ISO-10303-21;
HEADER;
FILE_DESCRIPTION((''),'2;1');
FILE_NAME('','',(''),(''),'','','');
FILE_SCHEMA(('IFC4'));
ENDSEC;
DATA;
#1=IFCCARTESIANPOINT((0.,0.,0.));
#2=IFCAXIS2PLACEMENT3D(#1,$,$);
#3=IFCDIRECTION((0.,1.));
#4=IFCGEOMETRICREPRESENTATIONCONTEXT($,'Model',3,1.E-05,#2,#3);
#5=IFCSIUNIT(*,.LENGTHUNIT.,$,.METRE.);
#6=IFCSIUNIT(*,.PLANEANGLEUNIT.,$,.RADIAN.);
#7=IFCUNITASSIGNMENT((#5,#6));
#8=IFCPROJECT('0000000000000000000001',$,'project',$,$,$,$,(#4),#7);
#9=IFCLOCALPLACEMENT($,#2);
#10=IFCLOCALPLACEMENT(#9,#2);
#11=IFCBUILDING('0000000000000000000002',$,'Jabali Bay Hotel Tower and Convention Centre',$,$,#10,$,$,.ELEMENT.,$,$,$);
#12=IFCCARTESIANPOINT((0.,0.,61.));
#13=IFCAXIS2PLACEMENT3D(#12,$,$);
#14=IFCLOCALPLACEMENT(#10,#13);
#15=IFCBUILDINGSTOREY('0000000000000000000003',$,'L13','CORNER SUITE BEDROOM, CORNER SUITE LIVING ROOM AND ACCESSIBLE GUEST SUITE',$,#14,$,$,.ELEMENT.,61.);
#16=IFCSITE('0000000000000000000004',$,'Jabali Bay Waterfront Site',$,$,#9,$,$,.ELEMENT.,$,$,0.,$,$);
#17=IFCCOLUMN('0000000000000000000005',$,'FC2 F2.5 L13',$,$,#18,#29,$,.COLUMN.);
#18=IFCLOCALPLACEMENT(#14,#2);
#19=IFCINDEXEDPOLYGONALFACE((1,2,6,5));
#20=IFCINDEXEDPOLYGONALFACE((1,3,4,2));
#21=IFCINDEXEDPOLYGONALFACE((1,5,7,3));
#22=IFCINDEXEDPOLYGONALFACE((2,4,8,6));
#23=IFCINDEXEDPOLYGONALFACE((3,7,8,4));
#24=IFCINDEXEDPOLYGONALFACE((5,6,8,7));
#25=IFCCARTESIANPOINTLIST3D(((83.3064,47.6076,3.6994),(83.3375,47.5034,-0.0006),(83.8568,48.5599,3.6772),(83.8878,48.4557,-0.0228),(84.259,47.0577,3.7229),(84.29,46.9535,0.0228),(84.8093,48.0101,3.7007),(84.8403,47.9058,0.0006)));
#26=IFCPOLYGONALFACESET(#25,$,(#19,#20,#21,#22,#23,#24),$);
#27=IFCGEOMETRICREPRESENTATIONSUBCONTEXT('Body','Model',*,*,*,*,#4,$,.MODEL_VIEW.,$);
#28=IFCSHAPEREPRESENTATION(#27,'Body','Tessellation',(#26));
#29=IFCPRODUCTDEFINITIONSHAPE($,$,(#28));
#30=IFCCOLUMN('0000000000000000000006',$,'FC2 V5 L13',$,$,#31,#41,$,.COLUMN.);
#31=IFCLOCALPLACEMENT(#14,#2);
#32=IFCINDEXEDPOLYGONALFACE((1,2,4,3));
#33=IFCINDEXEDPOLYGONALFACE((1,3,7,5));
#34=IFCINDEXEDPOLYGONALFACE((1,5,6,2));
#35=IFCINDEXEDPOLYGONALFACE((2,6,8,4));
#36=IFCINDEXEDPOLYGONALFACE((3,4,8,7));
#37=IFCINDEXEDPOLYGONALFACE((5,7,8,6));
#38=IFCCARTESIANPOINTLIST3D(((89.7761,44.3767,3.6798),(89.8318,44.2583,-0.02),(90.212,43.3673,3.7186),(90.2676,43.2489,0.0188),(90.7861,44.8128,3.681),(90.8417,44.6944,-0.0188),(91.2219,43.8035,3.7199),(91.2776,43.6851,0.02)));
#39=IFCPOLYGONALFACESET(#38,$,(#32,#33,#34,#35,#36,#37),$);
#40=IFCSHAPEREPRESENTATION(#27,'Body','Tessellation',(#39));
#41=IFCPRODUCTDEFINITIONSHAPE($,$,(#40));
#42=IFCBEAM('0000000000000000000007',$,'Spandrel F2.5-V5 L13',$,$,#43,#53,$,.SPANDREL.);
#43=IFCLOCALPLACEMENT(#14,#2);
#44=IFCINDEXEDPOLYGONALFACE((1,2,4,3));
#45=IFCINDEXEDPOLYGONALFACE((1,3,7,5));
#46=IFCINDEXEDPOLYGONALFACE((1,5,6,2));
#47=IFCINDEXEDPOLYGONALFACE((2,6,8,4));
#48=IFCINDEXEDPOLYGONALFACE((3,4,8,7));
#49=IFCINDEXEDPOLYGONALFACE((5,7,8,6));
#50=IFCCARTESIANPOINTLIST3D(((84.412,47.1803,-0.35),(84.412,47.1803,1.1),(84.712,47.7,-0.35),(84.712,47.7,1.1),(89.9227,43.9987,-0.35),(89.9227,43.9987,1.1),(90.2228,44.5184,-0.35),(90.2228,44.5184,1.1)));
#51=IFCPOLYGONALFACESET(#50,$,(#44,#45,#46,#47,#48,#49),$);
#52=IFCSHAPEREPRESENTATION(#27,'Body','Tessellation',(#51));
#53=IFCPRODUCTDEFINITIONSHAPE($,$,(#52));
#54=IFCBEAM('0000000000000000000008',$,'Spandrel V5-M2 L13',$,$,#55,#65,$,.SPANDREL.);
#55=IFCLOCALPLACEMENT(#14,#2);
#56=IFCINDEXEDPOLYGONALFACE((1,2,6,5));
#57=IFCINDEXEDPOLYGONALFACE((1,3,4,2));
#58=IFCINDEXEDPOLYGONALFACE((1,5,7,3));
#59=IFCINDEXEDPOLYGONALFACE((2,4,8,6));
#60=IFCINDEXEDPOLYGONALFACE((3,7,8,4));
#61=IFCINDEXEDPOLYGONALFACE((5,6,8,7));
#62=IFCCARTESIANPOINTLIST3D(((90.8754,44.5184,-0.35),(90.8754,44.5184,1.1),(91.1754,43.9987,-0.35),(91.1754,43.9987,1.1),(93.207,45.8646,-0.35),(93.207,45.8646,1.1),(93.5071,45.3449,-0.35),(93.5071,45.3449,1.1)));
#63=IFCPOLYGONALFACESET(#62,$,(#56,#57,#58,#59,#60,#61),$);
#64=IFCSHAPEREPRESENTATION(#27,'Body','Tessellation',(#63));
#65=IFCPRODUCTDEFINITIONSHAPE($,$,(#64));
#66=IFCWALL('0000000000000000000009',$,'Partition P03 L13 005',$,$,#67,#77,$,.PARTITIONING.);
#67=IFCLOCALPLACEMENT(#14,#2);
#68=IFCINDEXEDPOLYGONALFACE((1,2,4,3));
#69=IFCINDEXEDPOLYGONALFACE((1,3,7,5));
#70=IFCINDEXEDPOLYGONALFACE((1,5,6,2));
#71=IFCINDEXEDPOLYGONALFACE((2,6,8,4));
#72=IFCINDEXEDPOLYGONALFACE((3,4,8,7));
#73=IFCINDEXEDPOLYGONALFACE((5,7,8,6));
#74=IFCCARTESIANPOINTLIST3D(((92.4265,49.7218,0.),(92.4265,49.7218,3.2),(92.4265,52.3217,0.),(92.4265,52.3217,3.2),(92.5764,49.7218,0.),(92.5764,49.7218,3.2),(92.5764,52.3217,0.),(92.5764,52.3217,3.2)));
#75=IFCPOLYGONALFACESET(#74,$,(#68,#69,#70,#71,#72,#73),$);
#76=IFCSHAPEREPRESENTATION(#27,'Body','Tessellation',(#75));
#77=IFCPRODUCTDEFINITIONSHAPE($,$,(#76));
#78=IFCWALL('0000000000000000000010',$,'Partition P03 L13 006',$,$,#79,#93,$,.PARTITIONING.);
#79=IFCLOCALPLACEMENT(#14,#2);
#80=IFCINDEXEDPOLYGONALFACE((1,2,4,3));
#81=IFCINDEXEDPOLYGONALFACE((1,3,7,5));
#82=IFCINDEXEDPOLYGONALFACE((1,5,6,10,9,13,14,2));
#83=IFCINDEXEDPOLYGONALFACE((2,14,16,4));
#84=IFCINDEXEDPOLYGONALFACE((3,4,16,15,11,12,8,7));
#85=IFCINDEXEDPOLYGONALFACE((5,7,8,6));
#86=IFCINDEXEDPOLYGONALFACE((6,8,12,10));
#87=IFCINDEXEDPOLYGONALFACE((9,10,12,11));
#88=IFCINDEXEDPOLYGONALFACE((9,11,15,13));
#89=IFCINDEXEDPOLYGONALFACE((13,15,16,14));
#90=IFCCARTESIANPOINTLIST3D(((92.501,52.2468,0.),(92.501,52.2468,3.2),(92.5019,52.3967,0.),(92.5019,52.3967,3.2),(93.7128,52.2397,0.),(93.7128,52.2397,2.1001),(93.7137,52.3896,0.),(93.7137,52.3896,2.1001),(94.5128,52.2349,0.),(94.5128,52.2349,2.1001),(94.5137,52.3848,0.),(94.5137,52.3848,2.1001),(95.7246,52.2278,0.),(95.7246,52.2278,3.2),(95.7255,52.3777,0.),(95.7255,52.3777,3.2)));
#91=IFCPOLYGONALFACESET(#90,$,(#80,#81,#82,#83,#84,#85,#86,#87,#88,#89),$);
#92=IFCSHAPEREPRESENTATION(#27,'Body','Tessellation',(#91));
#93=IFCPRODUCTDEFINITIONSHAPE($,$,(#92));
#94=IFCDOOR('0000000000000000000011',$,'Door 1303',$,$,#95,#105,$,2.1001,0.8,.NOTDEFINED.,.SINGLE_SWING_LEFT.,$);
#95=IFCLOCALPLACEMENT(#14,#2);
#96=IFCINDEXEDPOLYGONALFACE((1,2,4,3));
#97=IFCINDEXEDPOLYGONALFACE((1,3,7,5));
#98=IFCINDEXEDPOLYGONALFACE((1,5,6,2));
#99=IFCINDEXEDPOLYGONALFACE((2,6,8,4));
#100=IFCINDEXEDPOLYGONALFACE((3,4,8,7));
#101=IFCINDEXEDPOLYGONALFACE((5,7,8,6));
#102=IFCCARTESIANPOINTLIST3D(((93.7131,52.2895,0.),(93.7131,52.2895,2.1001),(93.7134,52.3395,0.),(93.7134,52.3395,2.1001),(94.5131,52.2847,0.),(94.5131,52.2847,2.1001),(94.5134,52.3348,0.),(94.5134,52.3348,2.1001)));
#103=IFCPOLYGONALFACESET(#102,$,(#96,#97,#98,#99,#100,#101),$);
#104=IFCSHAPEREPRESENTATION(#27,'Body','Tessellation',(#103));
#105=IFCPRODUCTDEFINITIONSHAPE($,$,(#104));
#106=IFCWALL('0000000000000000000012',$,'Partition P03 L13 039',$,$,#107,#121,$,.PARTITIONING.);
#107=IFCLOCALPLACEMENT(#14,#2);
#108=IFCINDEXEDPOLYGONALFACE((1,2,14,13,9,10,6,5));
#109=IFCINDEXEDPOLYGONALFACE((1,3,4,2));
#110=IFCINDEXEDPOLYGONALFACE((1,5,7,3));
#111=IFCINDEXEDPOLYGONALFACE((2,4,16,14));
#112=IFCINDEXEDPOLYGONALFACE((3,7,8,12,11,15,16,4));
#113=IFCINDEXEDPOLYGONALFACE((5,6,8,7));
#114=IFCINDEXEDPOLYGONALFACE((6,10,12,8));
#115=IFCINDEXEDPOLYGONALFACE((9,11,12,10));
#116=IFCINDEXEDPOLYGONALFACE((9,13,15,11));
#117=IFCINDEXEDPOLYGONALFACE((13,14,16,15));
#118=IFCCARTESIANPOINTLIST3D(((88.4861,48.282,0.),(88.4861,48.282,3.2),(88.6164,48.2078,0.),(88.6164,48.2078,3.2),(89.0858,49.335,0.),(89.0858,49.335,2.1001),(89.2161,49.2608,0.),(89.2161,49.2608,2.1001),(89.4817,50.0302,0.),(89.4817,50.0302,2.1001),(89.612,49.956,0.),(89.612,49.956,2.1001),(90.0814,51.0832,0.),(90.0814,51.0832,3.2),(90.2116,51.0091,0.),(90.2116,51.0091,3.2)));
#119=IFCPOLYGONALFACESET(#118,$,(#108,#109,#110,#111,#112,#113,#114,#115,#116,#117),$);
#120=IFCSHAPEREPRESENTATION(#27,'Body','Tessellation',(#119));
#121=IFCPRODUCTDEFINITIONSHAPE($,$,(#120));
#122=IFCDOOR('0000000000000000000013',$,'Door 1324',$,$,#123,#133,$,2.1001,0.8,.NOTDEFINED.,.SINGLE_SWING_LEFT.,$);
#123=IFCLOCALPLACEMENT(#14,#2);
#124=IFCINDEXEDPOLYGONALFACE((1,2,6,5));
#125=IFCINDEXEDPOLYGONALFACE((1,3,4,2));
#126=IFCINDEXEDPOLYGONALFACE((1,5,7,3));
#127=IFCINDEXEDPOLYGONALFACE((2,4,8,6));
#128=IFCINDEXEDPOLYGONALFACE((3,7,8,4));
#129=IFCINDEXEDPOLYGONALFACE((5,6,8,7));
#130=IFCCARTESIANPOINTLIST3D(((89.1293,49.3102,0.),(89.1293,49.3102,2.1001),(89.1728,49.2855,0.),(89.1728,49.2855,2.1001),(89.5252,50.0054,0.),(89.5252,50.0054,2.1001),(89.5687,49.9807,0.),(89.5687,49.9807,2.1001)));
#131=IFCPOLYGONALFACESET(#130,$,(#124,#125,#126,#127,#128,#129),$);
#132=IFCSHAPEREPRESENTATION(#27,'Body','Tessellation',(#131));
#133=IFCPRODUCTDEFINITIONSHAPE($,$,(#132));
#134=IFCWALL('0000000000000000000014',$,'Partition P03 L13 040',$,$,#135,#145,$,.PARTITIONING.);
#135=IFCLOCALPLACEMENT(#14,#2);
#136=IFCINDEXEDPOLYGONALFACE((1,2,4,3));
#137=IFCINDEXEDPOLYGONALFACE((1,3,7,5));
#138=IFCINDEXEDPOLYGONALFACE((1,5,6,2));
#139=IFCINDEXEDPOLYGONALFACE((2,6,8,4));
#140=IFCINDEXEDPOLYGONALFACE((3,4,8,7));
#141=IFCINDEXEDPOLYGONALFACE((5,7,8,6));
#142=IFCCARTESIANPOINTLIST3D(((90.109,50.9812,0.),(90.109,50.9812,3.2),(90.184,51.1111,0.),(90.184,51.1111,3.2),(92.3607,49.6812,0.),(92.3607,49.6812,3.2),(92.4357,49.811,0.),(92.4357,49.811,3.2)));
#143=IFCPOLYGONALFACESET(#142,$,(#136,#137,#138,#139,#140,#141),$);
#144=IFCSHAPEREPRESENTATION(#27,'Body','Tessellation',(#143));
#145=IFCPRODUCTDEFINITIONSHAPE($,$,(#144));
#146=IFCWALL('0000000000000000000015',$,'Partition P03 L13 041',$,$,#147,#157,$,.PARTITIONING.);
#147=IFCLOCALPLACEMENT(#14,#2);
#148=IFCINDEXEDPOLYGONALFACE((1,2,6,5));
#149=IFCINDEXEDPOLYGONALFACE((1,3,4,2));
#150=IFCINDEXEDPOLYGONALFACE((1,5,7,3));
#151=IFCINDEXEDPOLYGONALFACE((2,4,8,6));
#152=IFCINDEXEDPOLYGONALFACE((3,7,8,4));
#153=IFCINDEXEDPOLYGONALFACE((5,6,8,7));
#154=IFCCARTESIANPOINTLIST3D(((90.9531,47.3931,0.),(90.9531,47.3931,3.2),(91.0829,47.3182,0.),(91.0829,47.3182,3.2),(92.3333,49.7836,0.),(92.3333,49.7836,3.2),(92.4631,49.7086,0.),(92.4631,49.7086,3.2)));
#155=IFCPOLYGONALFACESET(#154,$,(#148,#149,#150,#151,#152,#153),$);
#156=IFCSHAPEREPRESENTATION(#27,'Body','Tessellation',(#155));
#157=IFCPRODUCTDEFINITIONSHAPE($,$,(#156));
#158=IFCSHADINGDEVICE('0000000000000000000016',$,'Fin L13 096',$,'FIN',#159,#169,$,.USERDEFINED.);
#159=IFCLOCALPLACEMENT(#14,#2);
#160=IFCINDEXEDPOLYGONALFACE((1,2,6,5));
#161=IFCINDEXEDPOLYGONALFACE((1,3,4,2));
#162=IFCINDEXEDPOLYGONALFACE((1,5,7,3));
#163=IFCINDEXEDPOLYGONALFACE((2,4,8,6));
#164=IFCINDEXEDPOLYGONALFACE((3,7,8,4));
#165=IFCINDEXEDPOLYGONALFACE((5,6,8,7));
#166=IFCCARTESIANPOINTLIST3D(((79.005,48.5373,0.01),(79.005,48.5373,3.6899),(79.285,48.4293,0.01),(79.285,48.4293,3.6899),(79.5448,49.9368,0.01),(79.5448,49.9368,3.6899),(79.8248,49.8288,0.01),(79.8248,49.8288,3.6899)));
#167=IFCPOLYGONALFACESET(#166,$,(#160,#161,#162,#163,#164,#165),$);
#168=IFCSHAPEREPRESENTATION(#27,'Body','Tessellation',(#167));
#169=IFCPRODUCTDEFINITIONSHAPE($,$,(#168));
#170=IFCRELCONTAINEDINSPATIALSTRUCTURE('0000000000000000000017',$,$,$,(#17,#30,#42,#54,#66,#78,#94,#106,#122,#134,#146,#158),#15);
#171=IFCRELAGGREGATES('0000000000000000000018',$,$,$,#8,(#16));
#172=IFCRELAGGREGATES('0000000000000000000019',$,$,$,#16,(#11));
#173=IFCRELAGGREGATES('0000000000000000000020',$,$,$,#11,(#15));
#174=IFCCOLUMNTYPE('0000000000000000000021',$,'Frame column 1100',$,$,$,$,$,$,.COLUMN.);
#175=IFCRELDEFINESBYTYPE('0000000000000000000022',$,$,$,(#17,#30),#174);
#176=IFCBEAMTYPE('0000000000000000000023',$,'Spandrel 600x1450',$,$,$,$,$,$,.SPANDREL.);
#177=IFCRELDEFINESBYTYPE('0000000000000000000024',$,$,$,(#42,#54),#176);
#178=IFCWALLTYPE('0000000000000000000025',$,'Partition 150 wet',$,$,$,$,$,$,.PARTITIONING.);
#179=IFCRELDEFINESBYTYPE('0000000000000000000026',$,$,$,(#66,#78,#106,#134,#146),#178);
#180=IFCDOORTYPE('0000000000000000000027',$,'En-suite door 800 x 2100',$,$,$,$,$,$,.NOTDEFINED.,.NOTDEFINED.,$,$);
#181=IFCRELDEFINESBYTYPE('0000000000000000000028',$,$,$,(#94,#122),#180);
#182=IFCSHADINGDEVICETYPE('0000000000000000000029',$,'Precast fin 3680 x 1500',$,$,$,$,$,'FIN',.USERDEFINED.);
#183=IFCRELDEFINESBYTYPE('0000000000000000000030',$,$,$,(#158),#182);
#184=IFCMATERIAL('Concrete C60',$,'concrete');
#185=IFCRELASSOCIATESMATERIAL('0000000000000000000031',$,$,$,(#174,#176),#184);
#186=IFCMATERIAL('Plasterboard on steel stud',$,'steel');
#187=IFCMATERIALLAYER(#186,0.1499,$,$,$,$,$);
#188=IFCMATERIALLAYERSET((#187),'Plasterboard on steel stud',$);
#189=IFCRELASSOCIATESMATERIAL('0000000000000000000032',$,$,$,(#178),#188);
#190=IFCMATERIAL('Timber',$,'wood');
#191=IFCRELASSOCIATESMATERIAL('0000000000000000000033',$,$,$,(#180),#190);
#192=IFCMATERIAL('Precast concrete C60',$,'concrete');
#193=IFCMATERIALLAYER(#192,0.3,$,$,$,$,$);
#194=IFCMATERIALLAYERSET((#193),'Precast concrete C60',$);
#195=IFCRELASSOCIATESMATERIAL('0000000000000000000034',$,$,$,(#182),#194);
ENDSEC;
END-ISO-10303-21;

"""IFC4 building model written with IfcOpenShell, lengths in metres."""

from ifc_helpers import new_model, si_unit, direction, frame, frame_2d, origin, origin_2d, place, context, subcontext, project, spatial, rectangle, extrude, material, layer, layer_set, material_profile, profile_set, type_object, element, fill, save


model = new_model("IFC4")

# Units and contexts
model_context = context("Model", 3, precision=1e-05, world=origin(), true_north=direction((0.0, 1.0)))
body_context = subcontext(model_context, "Body", "Model", "MODEL_VIEW")
ifc_project = project(units=[si_unit("LENGTHUNIT", "METRE"), si_unit("PLANEANGLEUNIT", "RADIAN")], contexts=[model_context])

# Site, building, storey
site_placement = place(None, origin())
site = spatial("IfcSite", under=ifc_project, at=site_placement, Name="Jabali Bay Waterfront Site", CompositionType="ELEMENT", RefElevation=0.0)
building_placement = place(site_placement, origin())
building = spatial("IfcBuilding", under=site, at=building_placement, Name="Jabali Bay Hotel Tower and Convention Centre", CompositionType="ELEMENT")
storey_placement = place(building_placement, frame((0.0, 0.0, 61.0)))
storey = spatial("IfcBuildingStorey", under=building, at=storey_placement, Name="L13", Description="CORNER SUITE BEDROOM, CORNER SUITE LIVING ROOM AND ACCESSIBLE GUEST SUITE", CompositionType="ELEMENT", Elevation=61.0)

# Columns
ifc_material_1 = material(Name="Concrete C60", Category="concrete")
ifc_material_profile_1 = material_profile(ifc_material_1, rectangle(XDim=1.1001, YDim=1.1001, at=origin_2d()), Name="Frame column 1100")
ifc_profile_set_1 = profile_set([ifc_material_profile_1], Name="Concrete C60")
column_type = type_object("IfcColumnType", Name="Frame column 1100", PredefinedType="COLUMN", material=ifc_profile_set_1)
column_1_placement = place(storey_placement, frame((84.0889, 47.7046, 0.0), z_axis=(-0.008376, 0.028163, 0.999568), x_axis=(-0.50023, -0.865657, 0.020198)))
element("IfcColumn", 1, at=column_1_placement, inside=storey, type_object=column_type, Name="FC2 F2.5 L13", PredefinedType="COLUMN", context=body_context, shape_type="SweptSolid", body=[
    extrude(rectangle(XDim=1.1001, YDim=1.1001, at=origin_2d()), origin(), (0.0, 0.0, 1.0), 3.7017),
])
column_2_placement = place(storey_placement, frame((90.5547, 43.9717, 0.0), z_axis=(-0.015035, 0.031983, 0.999375), x_axis=(0.396174, -0.917496, 0.035323)))
element("IfcColumn", 2, at=column_2_placement, inside=storey, type_object=column_type, Name="FC2 V5 L13", PredefinedType="COLUMN", context=body_context, shape_type="SweptSolid", body=[
    extrude(rectangle(XDim=1.1001, YDim=1.1001, at=origin_2d()), origin(), (0.0, 0.0, 1.0), 3.7021),
])

# Beams
ifc_material_profile_2 = material_profile(ifc_material_1, rectangle(XDim=0.6001, YDim=1.45, at=origin_2d()), Name="Spandrel 600x1450")
ifc_profile_set_2 = profile_set([ifc_material_profile_2], Name="Concrete C60")
beam_type = type_object("IfcBeamType", Name="Spandrel 600x1450", PredefinedType="SPANDREL", material=ifc_profile_set_2)
beam_1_placement = place(storey_placement, frame((84.562, 47.4402, 0.375), z_axis=(0.866025, -0.500001, 0.0), x_axis=(0.500001, 0.866025, 0.0)))
element("IfcBeam", 3, at=beam_1_placement, inside=storey, type_object=beam_type, Name="Spandrel F2.5-V5 L13", PredefinedType="SPANDREL", context=body_context, shape_type="SweptSolid", body=[
    extrude(rectangle(XDim=0.6001, YDim=1.45, at=origin_2d()), origin(), (0.0, 0.0, 1.0), 6.3633),
])
beam_2_placement = place(storey_placement, frame((91.0254, 44.2585, 0.375), z_axis=(0.866013, 0.500021, 0.0), x_axis=(-0.500021, 0.866013, 0.0)))
element("IfcBeam", 4, at=beam_2_placement, inside=storey, type_object=beam_type, Name="Spandrel V5-M2 L13", PredefinedType="SPANDREL", context=body_context, shape_type="SweptSolid", body=[
    extrude(rectangle(XDim=0.6001, YDim=1.45, at=origin_2d()), origin(), (0.0, 0.0, 1.0), 2.6924),
])

# Wall
ifc_material_2 = material(Name="Plasterboard on steel stud", Category="steel")
ifc_layer_1 = layer(ifc_material_2, 0.1499)
ifc_layer_set_1 = layer_set([ifc_layer_1], Name="Plasterboard on steel stud")
wall_type_1 = type_object("IfcWallType", Name="Partition 150 wet", PredefinedType="PARTITIONING", material=ifc_layer_set_1)
wall_1_placement = place(storey_placement, frame((92.5015, 49.7219, 0.0), z_axis=(0.0, 0.0, 1.0), x_axis=(0.0, 1.0, 0.0)))
element("IfcWall", 5, at=wall_1_placement, inside=storey, type_object=wall_type_1, Name="Partition P03 L13 005", PredefinedType="PARTITIONING", context=body_context, shape_type="SweptSolid", body=[
    extrude(rectangle(XDim=2.5999, YDim=0.1499, at=frame_2d((1.2998, 0.0))), origin(), (0.0, 0.0, 1.0), 3.2),
])

# Walls, openings, doors
wall_2_placement = place(storey_placement, frame((92.5015, 52.3218, 0.0), z_axis=(0.0, 0.0, 1.0), x_axis=(0.999983, -0.005907, 0.0)))
wall_2 = element("IfcWall", 6, at=wall_2_placement, inside=storey, type_object=wall_type_1, Name="Partition P03 L13 006", PredefinedType="PARTITIONING", context=body_context, shape_type="SweptSolid", body=[
    extrude(rectangle(XDim=3.2236, YDim=0.1499, at=frame_2d((1.6118, 0.0))), origin(), (0.0, 0.0, 1.0), 3.2),
])
opening_1_placement = place(wall_2_placement, frame((1.2119, 0.0, 0.0)))
opening_1 = element("IfcOpeningElement", 7, at=opening_1_placement, cuts=wall_2, PredefinedType="OPENING", context=body_context, shape_type="SweptSolid", body=[
    extrude(rectangle(XDim=0.8, YDim=2.1001, at=frame_2d((0.3999, 1.05))), frame((0.0, 0.0854, 0.0), z_axis=(0.0, -1.0, 0.0), x_axis=(1.0, 0.0, 0.0)), (0.0, 0.0, 1.0), 0.1709),
])
ifc_material_3 = material(Name="Timber", Category="wood")
door_type_1 = type_object("IfcDoorType", Name="En-suite door 800 x 2100", OperationType="NOTDEFINED", PredefinedType="NOTDEFINED", material=ifc_material_3)
door_1_placement = place(opening_1_placement, origin())
door_1 = element("IfcDoor", 8, at=door_1_placement, inside=storey, type_object=door_type_1, Name="Door 1303", OperationType="SINGLE_SWING_LEFT", OverallHeight=2.1001, OverallWidth=0.8, PredefinedType="NOTDEFINED", context=body_context, shape_type="SweptSolid", body=[
    extrude(rectangle(XDim=0.8, YDim=2.1001, at=frame_2d((0.3999, 1.05))), frame((0.0, 0.0249, 0.0), z_axis=(0.0, -1.0, 0.0), x_axis=(1.0, 0.0, 0.0)), (0.0, 0.0, 1.0), 0.05),
])
fill(opening_1, door_1)
wall_3_placement = place(storey_placement, frame((88.5513, 48.2449, 0.0), z_axis=(0.0, 0.0, 1.0), x_axis=(0.49485, 0.868979, 0.0)))
wall_3 = element("IfcWall", 9, at=wall_3_placement, inside=storey, type_object=wall_type_1, Name="Partition P03 L13 039", PredefinedType="PARTITIONING", context=body_context, shape_type="SweptSolid", body=[
    extrude(rectangle(XDim=3.2236, YDim=0.1499, at=frame_2d((1.6118, 0.0))), origin(), (0.0, 0.0, 1.0), 3.2),
])
opening_2_placement = place(wall_3_placement, frame((1.2119, 0.0, 0.0)))
opening_2 = element("IfcOpeningElement", 10, at=opening_2_placement, cuts=wall_3, PredefinedType="OPENING", context=body_context, shape_type="SweptSolid", body=[
    extrude(rectangle(XDim=0.8, YDim=2.1001, at=frame_2d((0.3999, 1.05))), frame((0.0, 0.0854, 0.0), z_axis=(0.0, -1.0, 0.0), x_axis=(1.0, 0.0, 0.0)), (0.0, 0.0, 1.0), 0.1709),
])
door_2_placement = place(opening_2_placement, origin())
door_2 = element("IfcDoor", 11, at=door_2_placement, inside=storey, type_object=door_type_1, Name="Door 1324", OperationType="SINGLE_SWING_LEFT", OverallHeight=2.1001, OverallWidth=0.8, PredefinedType="NOTDEFINED", context=body_context, shape_type="SweptSolid", body=[
    extrude(rectangle(XDim=0.8, YDim=2.1001, at=frame_2d((0.3999, 1.05))), frame((0.0, 0.0249, 0.0), z_axis=(0.0, -1.0, 0.0), x_axis=(1.0, 0.0, 0.0)), (0.0, 0.0, 1.0), 0.05),
])
fill(opening_2, door_2)

# Walls
wall_4_placement = place(storey_placement, frame((90.1465, 51.0461, 0.0), z_axis=(0.0, 0.0, 1.0), x_axis=(0.866021, -0.500007, 0.0)))
element("IfcWall", 12, at=wall_4_placement, inside=storey, type_object=wall_type_1, Name="Partition P03 L13 040", PredefinedType="PARTITIONING", context=body_context, shape_type="SweptSolid", body=[
    extrude(rectangle(XDim=2.6001, YDim=0.1499, at=frame_2d((1.3, 0.0))), origin(), (0.0, 0.0, 1.0), 3.2),
])
wall_5_placement = place(storey_placement, frame((92.3982, 49.7461, 0.0), z_axis=(0.0, 0.0, 1.0), x_axis=(-0.500011, -0.866019, 0.0)))
element("IfcWall", 13, at=wall_5_placement, inside=storey, type_object=wall_type_1, Name="Partition P03 L13 041", PredefinedType="PARTITIONING", context=body_context, shape_type="SweptSolid", body=[
    extrude(rectangle(XDim=2.7603, YDim=0.1499, at=frame_2d((1.3801, 0.0))), origin(), (0.0, 0.0, 1.0), 3.2),
])

# Shading device
ifc_material_4 = material(Name="Precast concrete C60", Category="concrete")
ifc_layer_2 = layer(ifc_material_4, 0.3)
ifc_layer_set_2 = layer_set([ifc_layer_2], Name="Precast concrete C60")
shading_device_type = type_object("IfcShadingDeviceType", Name="Precast fin 3680 x 1500", ElementType="FIN", PredefinedType="USERDEFINED", material=ifc_layer_set_2)
shading_device_1_placement = place(storey_placement, frame((79.6848, 49.8828, 0.01), z_axis=(0.0, 0.0, 1.0), x_axis=(-0.359884, -0.932997, 0.0)))
element("IfcShadingDevice", 14, at=shading_device_1_placement, inside=storey, type_object=shading_device_type, Name="Fin L13 096", ObjectType="FIN", PredefinedType="USERDEFINED", context=body_context, shape_type="SweptSolid", body=[
    extrude(rectangle(XDim=1.5, YDim=0.3, at=frame_2d((0.75, 0.0))), origin(), (0.0, 0.0, 1.0), 3.6799),
])

save(model, "model.ifc")
